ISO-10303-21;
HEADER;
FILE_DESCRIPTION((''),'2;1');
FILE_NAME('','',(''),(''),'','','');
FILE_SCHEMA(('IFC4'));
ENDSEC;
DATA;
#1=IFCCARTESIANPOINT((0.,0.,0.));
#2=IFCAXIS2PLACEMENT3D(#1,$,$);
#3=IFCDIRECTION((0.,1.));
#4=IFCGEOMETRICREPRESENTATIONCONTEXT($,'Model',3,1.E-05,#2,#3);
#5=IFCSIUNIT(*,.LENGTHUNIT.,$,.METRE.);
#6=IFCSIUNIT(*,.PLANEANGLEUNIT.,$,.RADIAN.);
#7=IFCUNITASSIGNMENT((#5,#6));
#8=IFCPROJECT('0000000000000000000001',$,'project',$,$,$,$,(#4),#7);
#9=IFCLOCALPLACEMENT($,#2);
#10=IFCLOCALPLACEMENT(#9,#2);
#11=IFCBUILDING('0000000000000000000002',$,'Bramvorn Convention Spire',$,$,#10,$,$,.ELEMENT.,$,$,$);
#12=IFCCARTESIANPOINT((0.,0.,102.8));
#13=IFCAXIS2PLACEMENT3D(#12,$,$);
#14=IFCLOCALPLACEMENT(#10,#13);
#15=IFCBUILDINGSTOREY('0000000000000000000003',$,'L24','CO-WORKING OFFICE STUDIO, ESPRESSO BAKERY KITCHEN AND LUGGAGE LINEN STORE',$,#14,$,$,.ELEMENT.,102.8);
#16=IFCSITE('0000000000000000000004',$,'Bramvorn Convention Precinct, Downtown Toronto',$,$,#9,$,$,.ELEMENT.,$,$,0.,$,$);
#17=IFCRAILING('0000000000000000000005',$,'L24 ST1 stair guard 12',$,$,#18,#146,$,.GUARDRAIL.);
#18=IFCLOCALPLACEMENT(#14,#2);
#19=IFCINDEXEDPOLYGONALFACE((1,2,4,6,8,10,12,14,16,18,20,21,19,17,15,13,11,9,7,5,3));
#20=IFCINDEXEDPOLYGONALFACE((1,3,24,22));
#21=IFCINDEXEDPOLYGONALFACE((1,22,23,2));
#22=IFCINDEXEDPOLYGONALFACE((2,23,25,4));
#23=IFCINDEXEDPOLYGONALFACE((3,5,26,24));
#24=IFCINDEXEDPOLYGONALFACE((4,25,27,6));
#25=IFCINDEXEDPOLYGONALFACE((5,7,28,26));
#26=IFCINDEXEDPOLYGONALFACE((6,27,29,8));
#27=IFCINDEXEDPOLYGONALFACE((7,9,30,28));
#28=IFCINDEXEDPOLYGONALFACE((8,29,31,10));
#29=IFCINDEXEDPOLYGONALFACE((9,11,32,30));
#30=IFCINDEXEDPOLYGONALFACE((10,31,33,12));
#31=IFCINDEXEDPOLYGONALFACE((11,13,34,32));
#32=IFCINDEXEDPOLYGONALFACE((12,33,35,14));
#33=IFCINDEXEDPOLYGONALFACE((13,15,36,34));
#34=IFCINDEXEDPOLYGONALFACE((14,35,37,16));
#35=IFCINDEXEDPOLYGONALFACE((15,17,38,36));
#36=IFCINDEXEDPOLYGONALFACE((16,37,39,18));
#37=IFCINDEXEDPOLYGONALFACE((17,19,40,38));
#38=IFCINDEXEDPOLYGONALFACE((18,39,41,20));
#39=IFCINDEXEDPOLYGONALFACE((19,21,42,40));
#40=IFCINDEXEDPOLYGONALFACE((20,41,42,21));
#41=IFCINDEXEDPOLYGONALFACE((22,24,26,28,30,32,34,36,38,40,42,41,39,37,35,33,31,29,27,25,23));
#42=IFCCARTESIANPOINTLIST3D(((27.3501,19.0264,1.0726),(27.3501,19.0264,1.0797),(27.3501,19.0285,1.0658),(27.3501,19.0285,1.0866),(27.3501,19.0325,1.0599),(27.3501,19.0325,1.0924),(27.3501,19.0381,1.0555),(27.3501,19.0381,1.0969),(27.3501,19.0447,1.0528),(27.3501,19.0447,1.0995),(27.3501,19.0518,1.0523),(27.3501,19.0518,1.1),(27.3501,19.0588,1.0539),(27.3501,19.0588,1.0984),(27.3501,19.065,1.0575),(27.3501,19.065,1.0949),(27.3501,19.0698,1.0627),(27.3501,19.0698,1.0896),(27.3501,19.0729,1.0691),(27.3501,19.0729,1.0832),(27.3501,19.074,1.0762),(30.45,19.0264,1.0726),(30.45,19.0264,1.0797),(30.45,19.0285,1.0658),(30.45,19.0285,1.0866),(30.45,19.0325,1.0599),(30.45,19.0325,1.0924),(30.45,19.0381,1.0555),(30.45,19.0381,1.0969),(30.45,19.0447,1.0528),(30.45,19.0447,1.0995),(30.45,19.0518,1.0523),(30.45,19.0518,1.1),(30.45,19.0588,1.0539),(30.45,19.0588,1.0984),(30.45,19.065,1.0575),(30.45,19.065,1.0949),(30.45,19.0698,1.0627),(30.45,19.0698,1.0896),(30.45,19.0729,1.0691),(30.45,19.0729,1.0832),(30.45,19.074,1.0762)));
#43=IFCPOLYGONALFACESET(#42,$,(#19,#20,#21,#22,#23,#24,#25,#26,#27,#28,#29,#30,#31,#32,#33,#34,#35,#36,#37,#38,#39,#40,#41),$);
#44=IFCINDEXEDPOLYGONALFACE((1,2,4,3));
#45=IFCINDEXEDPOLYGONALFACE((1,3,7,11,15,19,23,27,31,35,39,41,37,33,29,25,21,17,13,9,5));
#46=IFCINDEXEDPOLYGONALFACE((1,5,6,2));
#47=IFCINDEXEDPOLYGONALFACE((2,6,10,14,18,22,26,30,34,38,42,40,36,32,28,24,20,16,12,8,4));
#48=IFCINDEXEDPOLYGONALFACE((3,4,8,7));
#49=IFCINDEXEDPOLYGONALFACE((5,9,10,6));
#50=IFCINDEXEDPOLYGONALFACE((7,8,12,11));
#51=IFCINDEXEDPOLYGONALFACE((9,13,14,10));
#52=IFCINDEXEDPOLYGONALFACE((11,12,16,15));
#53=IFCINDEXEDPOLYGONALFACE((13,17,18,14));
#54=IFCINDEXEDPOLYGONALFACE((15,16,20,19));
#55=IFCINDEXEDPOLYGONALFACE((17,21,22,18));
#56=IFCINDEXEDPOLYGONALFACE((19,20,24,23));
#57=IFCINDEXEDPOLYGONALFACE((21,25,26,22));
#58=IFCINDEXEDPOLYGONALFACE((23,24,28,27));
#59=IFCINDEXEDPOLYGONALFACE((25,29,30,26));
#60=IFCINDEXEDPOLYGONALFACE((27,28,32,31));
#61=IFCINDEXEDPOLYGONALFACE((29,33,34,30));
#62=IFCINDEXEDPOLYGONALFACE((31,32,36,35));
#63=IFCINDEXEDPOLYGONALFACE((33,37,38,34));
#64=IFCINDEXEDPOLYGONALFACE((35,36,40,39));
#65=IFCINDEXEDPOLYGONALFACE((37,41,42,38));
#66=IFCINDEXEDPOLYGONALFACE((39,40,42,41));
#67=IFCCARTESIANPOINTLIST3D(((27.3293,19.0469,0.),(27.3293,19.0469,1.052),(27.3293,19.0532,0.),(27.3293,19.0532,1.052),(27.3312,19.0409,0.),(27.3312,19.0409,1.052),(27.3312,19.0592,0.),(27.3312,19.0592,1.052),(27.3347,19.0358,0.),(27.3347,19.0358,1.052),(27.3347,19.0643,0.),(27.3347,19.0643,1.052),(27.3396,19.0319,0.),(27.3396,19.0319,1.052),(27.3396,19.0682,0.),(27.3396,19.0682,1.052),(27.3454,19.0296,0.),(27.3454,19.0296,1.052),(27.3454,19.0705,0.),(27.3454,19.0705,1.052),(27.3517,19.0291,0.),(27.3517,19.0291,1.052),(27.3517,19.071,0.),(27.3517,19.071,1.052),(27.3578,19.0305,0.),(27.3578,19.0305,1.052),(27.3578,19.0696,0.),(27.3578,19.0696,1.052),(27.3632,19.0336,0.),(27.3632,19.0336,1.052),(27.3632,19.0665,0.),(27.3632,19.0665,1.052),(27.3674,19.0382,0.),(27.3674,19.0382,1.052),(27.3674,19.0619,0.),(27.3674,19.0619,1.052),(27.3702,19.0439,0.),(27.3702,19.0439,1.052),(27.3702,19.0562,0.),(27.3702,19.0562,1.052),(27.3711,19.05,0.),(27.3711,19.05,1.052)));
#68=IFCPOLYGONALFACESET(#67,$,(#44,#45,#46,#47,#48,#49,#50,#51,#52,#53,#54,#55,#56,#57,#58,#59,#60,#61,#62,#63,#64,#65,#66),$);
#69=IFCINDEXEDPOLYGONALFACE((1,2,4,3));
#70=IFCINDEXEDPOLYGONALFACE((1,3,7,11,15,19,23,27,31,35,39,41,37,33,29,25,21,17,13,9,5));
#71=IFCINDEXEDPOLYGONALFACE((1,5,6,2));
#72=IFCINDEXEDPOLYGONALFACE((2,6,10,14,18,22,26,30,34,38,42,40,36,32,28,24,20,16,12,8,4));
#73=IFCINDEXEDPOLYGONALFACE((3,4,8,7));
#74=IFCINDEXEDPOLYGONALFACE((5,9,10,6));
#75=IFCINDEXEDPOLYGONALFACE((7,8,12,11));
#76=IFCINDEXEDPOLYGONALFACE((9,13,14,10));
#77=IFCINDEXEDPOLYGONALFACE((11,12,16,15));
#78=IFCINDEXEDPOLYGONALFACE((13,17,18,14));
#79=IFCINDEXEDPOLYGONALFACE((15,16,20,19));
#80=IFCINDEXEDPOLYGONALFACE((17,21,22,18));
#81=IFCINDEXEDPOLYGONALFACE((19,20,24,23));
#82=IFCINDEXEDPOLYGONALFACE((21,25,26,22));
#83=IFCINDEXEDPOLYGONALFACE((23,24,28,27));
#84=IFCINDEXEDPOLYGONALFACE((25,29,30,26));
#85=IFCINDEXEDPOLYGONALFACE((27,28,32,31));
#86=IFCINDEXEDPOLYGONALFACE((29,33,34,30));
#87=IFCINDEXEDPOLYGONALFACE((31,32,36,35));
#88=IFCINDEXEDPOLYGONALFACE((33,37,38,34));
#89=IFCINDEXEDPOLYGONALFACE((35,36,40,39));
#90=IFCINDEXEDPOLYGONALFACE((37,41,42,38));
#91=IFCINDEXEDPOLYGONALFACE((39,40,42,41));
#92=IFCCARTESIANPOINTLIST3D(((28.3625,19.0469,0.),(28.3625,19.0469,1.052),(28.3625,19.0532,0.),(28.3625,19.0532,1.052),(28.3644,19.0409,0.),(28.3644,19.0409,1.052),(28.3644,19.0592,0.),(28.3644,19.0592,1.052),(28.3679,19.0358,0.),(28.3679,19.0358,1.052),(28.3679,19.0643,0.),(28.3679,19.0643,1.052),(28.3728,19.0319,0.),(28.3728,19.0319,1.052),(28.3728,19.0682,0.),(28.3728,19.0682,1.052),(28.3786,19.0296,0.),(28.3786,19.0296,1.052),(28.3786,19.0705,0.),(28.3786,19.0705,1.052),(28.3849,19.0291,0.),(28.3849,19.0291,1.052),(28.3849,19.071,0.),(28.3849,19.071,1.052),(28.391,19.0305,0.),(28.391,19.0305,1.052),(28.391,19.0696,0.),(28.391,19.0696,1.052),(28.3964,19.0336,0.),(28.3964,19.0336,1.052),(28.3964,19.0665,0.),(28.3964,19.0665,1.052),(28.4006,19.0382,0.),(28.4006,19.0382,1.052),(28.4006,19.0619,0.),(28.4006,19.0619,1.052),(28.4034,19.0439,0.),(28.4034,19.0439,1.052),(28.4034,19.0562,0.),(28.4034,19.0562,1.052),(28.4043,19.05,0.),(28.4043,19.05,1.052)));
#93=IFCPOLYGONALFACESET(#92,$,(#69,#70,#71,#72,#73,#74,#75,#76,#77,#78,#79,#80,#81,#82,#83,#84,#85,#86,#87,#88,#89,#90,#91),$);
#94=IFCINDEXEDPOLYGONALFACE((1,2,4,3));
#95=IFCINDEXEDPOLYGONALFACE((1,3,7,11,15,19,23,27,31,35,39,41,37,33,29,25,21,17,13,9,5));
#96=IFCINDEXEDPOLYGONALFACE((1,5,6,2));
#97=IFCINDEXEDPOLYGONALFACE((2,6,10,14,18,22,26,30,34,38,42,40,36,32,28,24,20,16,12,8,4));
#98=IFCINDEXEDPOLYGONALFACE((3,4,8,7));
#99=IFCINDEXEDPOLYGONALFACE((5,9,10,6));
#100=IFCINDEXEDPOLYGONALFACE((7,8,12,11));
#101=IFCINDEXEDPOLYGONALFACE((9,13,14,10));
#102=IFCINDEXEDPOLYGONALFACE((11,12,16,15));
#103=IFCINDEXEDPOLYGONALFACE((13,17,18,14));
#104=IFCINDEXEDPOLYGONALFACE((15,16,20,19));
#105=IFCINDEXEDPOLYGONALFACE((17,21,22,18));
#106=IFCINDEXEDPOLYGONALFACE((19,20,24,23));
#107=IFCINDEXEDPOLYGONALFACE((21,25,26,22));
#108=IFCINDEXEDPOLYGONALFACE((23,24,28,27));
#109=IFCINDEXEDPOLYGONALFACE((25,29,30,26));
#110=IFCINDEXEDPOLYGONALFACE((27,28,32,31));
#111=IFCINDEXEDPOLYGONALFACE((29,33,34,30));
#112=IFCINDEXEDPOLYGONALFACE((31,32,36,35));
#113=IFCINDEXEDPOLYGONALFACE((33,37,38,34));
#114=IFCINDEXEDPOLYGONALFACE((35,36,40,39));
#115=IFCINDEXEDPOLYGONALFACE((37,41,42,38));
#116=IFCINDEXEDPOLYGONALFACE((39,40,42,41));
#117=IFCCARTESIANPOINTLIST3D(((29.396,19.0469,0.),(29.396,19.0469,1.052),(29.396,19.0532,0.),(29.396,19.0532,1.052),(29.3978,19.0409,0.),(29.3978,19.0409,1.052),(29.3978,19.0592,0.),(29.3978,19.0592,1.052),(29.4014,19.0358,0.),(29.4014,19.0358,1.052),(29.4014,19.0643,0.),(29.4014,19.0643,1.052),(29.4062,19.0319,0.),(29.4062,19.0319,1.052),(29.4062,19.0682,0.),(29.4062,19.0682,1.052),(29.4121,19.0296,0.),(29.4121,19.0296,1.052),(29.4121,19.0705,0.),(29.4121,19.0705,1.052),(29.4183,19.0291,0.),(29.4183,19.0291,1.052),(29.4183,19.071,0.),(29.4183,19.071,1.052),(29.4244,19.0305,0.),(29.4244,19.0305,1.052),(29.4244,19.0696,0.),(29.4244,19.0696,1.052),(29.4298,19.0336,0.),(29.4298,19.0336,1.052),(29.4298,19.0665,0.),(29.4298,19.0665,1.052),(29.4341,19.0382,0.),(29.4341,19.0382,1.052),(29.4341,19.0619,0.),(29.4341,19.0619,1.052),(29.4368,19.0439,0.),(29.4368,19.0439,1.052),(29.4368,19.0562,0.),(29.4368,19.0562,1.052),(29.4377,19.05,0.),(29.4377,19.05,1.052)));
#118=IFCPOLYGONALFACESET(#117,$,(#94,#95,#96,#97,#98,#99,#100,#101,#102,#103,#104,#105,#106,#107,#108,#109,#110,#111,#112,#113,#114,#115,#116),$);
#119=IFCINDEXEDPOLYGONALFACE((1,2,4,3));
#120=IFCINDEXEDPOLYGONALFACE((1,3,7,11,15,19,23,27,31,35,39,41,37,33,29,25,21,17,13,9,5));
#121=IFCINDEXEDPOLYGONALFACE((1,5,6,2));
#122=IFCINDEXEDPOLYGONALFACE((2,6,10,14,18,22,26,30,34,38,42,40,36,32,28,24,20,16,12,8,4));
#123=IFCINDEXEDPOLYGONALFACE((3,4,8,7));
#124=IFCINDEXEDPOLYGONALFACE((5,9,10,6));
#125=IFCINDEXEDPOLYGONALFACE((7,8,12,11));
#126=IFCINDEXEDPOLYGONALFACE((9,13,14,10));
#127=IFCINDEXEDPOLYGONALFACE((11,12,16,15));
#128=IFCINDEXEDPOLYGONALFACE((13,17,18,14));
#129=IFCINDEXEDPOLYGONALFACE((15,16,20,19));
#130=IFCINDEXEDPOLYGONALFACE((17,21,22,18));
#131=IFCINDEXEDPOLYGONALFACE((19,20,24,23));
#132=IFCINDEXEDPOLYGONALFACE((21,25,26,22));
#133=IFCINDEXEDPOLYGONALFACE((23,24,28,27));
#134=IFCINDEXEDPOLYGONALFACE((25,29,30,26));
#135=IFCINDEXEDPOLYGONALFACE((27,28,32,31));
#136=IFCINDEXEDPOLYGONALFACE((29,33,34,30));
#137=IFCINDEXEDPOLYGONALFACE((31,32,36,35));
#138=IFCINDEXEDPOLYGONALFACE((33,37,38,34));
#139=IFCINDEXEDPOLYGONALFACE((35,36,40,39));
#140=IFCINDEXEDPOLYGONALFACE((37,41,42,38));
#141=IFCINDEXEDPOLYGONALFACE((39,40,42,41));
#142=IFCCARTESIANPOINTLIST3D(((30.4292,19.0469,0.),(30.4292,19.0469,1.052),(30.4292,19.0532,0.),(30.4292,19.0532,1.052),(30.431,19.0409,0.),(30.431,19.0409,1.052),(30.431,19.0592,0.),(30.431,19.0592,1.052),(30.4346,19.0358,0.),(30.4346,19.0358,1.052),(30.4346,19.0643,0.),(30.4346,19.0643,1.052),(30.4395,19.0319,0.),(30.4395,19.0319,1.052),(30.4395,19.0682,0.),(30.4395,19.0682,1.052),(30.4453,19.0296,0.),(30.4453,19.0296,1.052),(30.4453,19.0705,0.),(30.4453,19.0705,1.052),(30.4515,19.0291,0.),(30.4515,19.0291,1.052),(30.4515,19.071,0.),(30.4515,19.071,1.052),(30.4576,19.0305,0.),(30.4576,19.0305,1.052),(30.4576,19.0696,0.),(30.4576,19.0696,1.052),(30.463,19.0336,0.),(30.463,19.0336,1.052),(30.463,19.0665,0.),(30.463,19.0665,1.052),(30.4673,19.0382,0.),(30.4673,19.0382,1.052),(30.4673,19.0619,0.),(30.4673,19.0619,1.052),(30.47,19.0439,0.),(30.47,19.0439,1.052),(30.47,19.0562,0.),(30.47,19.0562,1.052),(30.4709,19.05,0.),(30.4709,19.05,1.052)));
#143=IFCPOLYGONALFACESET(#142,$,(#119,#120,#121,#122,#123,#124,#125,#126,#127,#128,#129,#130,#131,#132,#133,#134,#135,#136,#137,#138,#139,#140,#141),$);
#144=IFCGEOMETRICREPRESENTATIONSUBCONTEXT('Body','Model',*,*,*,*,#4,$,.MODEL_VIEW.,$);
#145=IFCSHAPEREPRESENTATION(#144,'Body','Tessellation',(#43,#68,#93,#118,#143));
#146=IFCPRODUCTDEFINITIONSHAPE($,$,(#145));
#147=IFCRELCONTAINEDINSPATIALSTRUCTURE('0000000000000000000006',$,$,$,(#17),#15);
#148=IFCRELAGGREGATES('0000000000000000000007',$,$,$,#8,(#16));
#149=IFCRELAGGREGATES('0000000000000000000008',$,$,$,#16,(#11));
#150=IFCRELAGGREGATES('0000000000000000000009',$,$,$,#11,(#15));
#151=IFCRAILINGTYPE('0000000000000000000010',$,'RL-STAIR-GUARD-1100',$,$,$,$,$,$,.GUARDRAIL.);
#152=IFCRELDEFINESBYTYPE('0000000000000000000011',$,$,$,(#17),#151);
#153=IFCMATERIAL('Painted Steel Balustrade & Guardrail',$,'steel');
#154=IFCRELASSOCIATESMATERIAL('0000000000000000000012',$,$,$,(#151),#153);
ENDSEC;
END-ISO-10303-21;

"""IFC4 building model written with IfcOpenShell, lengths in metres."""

from ifc_helpers import new_model, si_unit, direction, frame, origin, origin_2d, place, context, subcontext, project, spatial, circle, extrude, material, type_object, element, save


model = new_model("IFC4")

# Units and contexts
model_context = context("Model", 3, precision=1e-05, world=origin(), true_north=direction((0.0, 1.0)))
body_context = subcontext(model_context, "Body", "Model", "MODEL_VIEW")
ifc_project = project(units=[si_unit("LENGTHUNIT", "METRE"), si_unit("PLANEANGLEUNIT", "RADIAN")], contexts=[model_context])

# Site, building, storey
site_placement = place(None, origin())
site = spatial("IfcSite", under=ifc_project, at=site_placement, Name="Bramvorn Convention Precinct, Downtown Toronto", CompositionType="ELEMENT", RefElevation=0.0)
building_placement = place(site_placement, origin())
building = spatial("IfcBuilding", under=site, at=building_placement, Name="Bramvorn Convention Spire", CompositionType="ELEMENT")
storey_placement = place(building_placement, frame((0.0, 0.0, 102.8)))
storey = spatial("IfcBuildingStorey", under=building, at=storey_placement, Name="L24", Description="CO-WORKING OFFICE STUDIO, ESPRESSO BAKERY KITCHEN AND LUGGAGE LINEN STORE", CompositionType="ELEMENT", Elevation=102.8)

# Railing
ifc_material_1 = material(Name="Painted Steel Balustrade & Guardrail", Category="steel")
railing_type_1 = type_object("IfcRailingType", Name="RL-STAIR-GUARD-1100", PredefinedType="GUARDRAIL", material=ifc_material_1)
railing_1_placement = place(storey_placement, frame((27.3501, 19.05, 0.0)))
element("IfcRailing", 1, at=railing_1_placement, inside=storey, type_object=railing_type_1, Name="L24 ST1 stair guard 12", PredefinedType="GUARDRAIL", context=body_context, shape_type="SweptSolid", body=[
    extrude(circle(Radius=0.0239, at=origin_2d()), frame((0.0, 0.0, 1.0762), z_axis=(1.0, 0.0, 0.0), x_axis=(0.0, 1.0, 0.0)), (0.0, 0.0, 1.0), 3.0999),
    extrude(circle(Radius=0.021, at=origin_2d()), origin(), (0.0, 0.0, 1.0), 1.052),
    extrude(circle(Radius=0.021, at=origin_2d()), frame((1.0332, 0.0, 0.0)), (0.0, 0.0, 1.0), 1.052),
    extrude(circle(Radius=0.021, at=origin_2d()), frame((2.0667, 0.0, 0.0)), (0.0, 0.0, 1.0), 1.052),
    extrude(circle(Radius=0.021, at=origin_2d()), frame((3.0999, 0.0, 0.0)), (0.0, 0.0, 1.0), 1.052),
])

save(model, "model.ifc")
